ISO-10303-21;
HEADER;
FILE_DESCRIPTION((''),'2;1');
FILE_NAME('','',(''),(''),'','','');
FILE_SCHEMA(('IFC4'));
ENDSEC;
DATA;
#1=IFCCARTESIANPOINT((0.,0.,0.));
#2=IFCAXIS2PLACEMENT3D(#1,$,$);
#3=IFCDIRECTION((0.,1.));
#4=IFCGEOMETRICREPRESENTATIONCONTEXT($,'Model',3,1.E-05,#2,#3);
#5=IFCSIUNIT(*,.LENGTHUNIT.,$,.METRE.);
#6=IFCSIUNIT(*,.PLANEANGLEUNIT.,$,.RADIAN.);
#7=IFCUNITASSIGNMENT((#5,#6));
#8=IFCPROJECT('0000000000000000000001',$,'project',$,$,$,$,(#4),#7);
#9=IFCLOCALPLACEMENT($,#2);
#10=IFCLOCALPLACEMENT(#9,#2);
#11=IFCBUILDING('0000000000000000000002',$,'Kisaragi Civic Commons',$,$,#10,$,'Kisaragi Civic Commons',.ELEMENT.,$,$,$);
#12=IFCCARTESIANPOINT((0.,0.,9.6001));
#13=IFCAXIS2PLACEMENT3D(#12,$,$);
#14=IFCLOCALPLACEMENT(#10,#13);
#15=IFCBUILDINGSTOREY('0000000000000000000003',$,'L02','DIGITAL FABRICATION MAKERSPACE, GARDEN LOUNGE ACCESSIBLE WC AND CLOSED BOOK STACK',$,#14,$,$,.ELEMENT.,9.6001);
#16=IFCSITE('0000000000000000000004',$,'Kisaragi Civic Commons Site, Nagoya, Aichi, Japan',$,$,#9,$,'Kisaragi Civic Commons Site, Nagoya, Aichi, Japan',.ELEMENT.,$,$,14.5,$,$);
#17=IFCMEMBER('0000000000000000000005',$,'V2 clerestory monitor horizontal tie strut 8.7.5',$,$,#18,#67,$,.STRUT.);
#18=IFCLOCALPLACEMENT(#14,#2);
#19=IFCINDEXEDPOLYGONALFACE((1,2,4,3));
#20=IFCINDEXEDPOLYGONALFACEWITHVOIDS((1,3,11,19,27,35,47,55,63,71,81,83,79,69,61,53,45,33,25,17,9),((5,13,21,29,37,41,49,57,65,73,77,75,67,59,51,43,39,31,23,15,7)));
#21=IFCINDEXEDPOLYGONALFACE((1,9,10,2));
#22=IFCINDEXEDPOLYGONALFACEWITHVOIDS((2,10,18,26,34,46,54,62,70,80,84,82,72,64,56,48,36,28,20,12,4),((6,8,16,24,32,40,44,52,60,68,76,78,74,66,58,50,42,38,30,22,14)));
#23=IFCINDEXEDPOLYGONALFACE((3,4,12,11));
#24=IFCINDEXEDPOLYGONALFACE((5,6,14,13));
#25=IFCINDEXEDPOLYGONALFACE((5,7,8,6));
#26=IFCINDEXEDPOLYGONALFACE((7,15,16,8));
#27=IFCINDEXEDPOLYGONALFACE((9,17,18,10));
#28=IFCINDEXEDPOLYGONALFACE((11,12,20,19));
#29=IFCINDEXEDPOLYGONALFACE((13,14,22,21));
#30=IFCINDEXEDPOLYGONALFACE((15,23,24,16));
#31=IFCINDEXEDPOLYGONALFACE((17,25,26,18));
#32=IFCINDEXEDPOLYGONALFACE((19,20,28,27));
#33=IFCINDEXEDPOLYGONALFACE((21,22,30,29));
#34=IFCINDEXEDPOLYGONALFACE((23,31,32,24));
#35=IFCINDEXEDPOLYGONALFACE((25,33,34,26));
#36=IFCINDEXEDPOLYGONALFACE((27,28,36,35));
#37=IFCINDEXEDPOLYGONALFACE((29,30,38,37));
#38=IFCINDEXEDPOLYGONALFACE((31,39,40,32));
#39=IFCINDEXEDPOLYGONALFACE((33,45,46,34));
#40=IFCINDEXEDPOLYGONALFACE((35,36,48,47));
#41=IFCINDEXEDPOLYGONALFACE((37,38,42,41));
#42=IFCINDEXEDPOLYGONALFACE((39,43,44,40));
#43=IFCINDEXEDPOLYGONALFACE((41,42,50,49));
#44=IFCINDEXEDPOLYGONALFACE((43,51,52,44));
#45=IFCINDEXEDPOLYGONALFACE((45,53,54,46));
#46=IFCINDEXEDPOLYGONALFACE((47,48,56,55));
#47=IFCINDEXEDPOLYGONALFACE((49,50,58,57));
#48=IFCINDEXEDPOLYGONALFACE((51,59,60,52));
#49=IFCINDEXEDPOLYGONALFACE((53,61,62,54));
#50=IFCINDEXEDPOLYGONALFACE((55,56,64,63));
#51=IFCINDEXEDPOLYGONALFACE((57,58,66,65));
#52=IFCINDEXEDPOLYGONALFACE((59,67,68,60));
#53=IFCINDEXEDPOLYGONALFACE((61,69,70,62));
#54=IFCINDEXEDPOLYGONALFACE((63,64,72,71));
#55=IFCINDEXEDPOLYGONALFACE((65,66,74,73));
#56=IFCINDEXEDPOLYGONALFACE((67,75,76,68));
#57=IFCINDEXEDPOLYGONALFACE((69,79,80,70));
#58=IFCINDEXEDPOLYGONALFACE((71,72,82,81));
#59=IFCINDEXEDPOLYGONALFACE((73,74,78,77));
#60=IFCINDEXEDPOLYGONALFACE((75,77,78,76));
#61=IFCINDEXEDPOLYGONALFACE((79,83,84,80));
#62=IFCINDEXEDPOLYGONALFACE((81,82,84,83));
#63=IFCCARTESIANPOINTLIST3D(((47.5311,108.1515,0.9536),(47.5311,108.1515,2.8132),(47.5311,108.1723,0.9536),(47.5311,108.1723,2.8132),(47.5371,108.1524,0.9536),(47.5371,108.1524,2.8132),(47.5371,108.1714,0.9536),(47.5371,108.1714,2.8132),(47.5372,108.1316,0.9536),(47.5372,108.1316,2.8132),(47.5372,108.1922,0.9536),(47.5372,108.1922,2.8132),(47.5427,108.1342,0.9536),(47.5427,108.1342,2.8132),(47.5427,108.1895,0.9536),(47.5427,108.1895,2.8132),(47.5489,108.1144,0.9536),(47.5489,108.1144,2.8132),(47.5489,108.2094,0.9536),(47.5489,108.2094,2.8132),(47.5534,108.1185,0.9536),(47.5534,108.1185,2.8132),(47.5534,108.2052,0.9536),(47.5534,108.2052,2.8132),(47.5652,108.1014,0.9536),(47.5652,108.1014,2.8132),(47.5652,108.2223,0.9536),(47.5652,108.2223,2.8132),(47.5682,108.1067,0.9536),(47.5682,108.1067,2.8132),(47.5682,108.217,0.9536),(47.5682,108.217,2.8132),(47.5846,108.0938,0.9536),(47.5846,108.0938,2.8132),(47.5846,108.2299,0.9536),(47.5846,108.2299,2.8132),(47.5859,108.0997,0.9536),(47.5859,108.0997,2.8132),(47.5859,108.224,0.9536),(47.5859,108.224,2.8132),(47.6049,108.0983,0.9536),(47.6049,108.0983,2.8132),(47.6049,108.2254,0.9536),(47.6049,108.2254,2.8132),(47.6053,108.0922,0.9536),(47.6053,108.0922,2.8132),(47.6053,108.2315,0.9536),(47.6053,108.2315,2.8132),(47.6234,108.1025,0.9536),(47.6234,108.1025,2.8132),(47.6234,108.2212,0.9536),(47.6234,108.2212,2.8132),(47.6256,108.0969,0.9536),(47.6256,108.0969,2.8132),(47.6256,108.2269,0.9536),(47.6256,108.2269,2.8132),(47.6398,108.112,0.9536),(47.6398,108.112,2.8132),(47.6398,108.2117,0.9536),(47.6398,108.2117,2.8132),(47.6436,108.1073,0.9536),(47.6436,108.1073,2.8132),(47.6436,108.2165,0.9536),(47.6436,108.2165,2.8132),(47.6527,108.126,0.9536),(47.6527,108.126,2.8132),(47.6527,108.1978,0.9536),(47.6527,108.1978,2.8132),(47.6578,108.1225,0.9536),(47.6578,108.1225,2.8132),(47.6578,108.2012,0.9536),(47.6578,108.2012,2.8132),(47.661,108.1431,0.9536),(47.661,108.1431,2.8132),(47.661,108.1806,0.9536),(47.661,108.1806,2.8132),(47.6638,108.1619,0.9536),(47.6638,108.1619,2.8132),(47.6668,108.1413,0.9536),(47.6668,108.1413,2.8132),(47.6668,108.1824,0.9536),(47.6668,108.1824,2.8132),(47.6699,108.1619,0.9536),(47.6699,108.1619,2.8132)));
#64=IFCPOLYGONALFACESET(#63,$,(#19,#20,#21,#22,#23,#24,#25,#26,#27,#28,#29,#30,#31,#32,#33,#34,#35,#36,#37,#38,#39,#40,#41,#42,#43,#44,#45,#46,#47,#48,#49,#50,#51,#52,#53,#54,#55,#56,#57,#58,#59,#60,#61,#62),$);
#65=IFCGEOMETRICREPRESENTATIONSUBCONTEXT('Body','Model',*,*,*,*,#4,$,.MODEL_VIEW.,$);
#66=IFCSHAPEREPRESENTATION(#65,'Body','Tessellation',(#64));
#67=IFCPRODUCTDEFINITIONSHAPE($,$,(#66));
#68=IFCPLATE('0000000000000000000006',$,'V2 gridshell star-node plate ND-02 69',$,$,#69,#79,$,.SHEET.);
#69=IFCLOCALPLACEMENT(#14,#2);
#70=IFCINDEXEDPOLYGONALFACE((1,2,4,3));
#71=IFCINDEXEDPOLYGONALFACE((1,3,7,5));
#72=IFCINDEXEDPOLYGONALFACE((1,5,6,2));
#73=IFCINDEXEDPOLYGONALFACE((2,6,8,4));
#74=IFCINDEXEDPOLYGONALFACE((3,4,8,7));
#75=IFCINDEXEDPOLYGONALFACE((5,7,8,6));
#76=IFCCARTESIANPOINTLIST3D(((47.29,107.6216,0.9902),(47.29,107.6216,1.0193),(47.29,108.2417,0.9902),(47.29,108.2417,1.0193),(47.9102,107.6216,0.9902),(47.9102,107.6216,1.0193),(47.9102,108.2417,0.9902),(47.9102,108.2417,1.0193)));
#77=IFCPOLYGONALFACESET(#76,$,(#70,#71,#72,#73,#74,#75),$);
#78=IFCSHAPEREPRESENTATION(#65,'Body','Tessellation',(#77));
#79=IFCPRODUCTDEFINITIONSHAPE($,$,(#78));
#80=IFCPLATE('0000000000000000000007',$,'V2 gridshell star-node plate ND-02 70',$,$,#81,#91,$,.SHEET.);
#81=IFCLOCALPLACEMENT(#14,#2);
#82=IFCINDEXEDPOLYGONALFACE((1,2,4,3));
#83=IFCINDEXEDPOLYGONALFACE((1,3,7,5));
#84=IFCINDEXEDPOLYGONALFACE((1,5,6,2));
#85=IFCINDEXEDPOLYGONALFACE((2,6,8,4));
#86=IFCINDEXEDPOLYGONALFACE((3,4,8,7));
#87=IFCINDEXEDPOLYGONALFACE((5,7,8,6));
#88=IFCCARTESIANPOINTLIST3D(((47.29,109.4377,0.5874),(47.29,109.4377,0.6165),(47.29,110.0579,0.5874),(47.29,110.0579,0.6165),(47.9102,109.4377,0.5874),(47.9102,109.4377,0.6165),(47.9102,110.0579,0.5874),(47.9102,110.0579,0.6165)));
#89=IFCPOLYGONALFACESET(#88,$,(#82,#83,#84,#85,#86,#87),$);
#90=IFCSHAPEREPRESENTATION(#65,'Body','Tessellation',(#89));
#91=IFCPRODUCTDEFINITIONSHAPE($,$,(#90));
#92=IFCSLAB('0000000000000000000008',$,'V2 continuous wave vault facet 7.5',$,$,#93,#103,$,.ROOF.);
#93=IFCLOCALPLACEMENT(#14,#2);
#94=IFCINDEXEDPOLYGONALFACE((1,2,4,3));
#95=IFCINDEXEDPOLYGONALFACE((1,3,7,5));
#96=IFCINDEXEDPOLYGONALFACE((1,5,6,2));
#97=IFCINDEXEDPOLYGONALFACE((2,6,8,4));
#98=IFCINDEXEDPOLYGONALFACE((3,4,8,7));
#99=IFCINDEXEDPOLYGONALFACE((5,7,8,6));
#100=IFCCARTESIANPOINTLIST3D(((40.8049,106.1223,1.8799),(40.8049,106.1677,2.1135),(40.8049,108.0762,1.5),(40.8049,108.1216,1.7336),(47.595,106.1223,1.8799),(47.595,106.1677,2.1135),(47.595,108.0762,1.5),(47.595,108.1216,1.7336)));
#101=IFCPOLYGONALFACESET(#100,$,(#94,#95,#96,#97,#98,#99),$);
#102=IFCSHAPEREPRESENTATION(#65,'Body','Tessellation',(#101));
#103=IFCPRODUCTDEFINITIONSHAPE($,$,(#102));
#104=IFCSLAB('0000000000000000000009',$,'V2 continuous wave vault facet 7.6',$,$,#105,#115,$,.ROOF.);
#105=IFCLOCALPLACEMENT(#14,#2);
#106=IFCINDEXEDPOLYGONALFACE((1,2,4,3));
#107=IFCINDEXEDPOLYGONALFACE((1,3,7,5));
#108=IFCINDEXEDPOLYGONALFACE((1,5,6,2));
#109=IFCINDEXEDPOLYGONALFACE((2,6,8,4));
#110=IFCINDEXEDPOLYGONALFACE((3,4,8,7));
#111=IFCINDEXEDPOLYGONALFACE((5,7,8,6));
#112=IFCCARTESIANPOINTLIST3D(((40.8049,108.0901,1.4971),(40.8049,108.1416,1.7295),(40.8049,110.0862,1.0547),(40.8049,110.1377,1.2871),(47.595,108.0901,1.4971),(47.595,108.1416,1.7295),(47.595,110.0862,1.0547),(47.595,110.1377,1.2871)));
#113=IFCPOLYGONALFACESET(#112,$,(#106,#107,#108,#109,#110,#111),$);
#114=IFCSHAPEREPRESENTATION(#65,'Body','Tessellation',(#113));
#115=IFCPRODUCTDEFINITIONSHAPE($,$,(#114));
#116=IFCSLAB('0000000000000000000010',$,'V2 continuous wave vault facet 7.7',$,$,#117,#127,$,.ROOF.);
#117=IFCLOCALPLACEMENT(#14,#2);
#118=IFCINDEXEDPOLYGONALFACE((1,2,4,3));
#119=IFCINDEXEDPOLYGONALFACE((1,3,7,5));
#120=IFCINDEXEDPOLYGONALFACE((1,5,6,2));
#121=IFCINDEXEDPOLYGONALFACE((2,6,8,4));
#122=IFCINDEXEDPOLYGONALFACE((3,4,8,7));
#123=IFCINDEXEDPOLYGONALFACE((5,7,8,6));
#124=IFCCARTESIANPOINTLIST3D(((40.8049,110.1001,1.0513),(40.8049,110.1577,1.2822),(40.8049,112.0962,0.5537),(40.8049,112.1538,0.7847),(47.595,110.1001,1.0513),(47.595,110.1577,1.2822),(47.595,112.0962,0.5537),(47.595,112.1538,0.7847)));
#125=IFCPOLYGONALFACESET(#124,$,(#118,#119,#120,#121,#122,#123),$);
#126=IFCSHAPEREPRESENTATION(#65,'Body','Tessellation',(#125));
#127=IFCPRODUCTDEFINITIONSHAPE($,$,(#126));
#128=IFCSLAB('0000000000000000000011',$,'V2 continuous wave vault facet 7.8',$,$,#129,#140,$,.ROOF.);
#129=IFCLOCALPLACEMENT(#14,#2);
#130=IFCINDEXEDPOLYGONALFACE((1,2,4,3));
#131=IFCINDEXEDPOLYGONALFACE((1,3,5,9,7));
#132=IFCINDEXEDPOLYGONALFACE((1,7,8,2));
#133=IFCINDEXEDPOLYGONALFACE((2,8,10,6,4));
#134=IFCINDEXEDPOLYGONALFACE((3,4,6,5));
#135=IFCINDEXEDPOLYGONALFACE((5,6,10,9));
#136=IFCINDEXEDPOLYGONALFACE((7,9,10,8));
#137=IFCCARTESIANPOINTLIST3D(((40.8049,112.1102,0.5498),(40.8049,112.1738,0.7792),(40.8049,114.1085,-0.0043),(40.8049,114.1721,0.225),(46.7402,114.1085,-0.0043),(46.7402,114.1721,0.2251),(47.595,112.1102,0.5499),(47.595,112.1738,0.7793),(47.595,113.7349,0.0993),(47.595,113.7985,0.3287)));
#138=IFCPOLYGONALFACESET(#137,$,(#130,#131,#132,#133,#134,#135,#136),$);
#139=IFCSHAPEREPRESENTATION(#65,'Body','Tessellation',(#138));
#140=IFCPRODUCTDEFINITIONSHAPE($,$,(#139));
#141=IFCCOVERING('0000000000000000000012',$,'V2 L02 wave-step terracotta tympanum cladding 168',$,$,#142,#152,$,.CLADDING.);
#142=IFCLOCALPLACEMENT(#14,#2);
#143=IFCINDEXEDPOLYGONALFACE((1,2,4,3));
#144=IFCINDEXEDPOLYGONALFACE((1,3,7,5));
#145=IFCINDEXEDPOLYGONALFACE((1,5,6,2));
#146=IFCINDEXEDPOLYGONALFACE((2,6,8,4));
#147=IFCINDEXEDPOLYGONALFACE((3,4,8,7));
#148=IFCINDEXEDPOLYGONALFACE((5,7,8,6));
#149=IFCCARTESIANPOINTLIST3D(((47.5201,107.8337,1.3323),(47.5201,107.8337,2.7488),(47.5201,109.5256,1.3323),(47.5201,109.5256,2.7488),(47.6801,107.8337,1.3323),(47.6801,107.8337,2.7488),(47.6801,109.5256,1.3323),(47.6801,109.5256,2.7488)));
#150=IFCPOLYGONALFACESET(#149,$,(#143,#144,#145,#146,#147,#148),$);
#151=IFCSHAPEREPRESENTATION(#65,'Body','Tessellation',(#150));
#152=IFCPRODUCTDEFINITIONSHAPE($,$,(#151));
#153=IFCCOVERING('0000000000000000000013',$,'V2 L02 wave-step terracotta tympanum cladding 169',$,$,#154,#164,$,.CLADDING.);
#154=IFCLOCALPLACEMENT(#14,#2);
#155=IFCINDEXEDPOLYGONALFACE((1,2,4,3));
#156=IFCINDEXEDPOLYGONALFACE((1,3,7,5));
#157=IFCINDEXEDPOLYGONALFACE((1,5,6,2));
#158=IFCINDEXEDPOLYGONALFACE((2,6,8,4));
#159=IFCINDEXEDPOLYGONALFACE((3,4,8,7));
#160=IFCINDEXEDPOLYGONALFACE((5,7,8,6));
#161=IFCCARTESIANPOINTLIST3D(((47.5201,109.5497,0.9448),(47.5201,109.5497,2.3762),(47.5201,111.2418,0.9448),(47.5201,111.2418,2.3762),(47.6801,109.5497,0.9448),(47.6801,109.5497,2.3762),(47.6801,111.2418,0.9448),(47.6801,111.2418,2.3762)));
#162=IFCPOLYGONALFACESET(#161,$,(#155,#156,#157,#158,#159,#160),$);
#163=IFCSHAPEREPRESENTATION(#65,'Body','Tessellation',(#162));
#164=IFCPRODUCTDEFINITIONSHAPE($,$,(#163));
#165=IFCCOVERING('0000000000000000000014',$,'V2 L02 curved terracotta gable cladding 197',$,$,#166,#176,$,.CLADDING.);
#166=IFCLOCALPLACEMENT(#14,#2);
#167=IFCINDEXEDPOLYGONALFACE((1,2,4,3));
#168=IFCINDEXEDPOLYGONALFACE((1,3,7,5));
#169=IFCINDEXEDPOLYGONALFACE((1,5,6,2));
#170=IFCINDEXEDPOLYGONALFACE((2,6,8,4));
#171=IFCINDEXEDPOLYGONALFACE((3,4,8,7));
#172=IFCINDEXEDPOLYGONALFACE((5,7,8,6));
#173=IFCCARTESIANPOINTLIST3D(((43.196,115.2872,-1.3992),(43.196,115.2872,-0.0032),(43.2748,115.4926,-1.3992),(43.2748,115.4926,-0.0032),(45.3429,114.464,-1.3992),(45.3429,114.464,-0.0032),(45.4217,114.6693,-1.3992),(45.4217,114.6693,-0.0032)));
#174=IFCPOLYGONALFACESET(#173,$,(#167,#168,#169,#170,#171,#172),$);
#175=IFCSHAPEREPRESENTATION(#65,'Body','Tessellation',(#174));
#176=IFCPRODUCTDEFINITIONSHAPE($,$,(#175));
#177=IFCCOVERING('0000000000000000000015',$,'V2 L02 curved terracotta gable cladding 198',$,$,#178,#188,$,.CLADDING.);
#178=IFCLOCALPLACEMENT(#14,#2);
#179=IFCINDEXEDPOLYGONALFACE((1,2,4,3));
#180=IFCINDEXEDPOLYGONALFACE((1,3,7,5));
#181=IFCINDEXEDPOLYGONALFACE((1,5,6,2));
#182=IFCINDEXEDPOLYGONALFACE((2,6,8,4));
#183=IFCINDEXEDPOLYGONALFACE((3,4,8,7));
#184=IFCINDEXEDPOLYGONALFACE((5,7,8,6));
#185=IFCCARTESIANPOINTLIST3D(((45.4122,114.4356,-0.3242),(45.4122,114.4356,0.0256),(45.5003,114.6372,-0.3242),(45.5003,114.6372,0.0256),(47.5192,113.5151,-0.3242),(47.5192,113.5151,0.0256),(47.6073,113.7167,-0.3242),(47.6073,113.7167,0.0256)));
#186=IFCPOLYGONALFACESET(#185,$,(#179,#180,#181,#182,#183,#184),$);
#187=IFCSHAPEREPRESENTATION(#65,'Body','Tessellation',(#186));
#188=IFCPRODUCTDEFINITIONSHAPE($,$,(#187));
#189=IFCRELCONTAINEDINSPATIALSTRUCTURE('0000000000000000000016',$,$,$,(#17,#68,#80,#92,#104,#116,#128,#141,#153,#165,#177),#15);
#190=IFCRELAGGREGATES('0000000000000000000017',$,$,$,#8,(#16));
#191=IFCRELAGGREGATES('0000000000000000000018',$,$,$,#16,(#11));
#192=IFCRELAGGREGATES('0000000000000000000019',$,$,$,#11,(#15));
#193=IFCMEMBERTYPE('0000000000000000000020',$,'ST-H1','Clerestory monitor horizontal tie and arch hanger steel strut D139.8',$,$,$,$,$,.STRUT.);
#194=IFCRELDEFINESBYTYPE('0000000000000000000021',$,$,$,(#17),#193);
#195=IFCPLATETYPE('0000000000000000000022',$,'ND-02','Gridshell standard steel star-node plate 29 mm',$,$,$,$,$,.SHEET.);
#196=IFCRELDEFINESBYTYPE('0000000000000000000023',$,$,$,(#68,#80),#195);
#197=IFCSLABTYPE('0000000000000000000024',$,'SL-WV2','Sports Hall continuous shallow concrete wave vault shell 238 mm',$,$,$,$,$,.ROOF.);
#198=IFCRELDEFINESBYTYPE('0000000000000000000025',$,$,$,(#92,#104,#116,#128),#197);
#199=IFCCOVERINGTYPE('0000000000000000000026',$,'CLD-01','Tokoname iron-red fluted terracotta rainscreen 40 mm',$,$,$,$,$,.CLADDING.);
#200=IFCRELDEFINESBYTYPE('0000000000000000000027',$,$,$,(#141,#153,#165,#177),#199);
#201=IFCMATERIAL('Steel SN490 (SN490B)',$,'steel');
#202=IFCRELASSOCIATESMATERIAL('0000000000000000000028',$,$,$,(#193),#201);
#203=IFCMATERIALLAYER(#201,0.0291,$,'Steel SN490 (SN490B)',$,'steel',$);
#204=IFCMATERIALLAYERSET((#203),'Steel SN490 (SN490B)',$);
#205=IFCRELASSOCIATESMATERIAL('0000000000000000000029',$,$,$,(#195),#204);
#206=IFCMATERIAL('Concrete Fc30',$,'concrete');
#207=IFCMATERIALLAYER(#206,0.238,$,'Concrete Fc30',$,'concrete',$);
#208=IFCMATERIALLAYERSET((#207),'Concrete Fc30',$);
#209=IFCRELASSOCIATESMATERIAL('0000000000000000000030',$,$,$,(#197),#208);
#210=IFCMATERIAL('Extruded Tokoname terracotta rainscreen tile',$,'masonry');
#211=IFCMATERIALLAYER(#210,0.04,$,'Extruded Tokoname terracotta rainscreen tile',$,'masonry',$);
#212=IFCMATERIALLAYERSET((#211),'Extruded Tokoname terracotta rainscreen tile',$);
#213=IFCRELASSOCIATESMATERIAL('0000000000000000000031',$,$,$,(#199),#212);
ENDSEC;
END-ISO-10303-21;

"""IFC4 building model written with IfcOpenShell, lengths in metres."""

from ifc_helpers import new_model, si_unit, direction, frame, origin, origin_2d, place, context, subcontext, project, spatial, polyline, rectangle, hollow_circle, outline, extrude, material, layer, layer_set, material_profile, profile_set, type_object, element, save


model = new_model("IFC4")

# Units and contexts
model_context = context("Model", 3, precision=1e-05, world=origin(), true_north=direction((0.0, 1.0)))
body_context = subcontext(model_context, "Body", "Model", "MODEL_VIEW")
ifc_project = project(units=[si_unit("LENGTHUNIT", "METRE"), si_unit("PLANEANGLEUNIT", "RADIAN")], contexts=[model_context])

# Site, building, storey
site_placement = place(None, origin())
site = spatial("IfcSite", under=ifc_project, at=site_placement, Name="Kisaragi Civic Commons Site, Nagoya, Aichi, Japan", LongName="Kisaragi Civic Commons Site, Nagoya, Aichi, Japan", CompositionType="ELEMENT", RefElevation=14.5)
building_placement = place(site_placement, origin())
building = spatial("IfcBuilding", under=site, at=building_placement, Name="Kisaragi Civic Commons", LongName="Kisaragi Civic Commons", CompositionType="ELEMENT")
storey_placement = place(building_placement, frame((0.0, 0.0, 9.6001)))
storey = spatial("IfcBuildingStorey", under=building, at=storey_placement, Name="L02", Description="DIGITAL FABRICATION MAKERSPACE, GARDEN LOUNGE ACCESSIBLE WC AND CLOSED BOOK STACK", CompositionType="ELEMENT", Elevation=9.6001)

# Member
ifc_material_1 = material(Name="Steel SN490 (SN490B)", Category="steel")
ifc_material_profile_1 = material_profile(ifc_material_1, hollow_circle(Radius=0.0698, WallThickness=0.0061, at=origin_2d()), Name="CHS-139.8x6.0", Category="steel")
ifc_profile_set_1 = profile_set([ifc_material_profile_1], Name="Steel SN490 (SN490B)")
member_type_1 = type_object("IfcMemberType", Name="ST-H1", Description="Clerestory monitor horizontal tie and arch hanger steel strut D139.8", PredefinedType="STRUT", material=ifc_profile_set_1)
member_1_placement = place(storey_placement, frame((47.6001, 108.1619, 0.9536), z_axis=(0.0, 0.0, 1.0), x_axis=(1.0, 0.0, 0.0)))
element("IfcMember", 1, at=member_1_placement, inside=storey, type_object=member_type_1, Name="V2 clerestory monitor horizontal tie strut 8.7.5", PredefinedType="STRUT", context=body_context, shape_type="SweptSolid", body=[
    extrude(hollow_circle(Radius=0.0698, WallThickness=0.0061, at=origin_2d()), origin(), (0.0, 0.0, 1.0), 1.8596),
])

# Plates
ifc_layer_1 = layer(ifc_material_1, 0.0291, Name="Steel SN490 (SN490B)", Category="steel")
ifc_layer_set_1 = layer_set([ifc_layer_1], Name="Steel SN490 (SN490B)")
plate_type = type_object("IfcPlateType", Name="ND-02", Description="Gridshell standard steel star-node plate 29 mm", PredefinedType="SHEET", material=ifc_layer_set_1)
for number, where, z_axis, x_axis, name in (
    (2, (47.6001, 107.9316, 0.9902), (0.0, 0.0, 1.0), (1.0, 0.0, 0.0), "V2 gridshell star-node plate ND-02 69"),
    (3, (47.6001, 109.7478, 0.5874), (0.0, 0.0, 1.0), (1.0, 0.0, 0.0), "V2 gridshell star-node plate ND-02 70"),
):
    element("IfcPlate", number, at=place(storey_placement, frame(where, z_axis=z_axis, x_axis=x_axis)), inside=storey, type_object=plate_type, Name=name, PredefinedType="SHEET", context=body_context, shape_type="SweptSolid", body=[
        extrude(rectangle(XDim=0.6201, YDim=0.6201, at=origin_2d()), origin(), (0.0, 0.0, 1.0), 0.0291),
    ])

# Slabs
ifc_material_2 = material(Name="Concrete Fc30", Category="concrete")
ifc_layer_2 = layer(ifc_material_2, 0.238, Name="Concrete Fc30", Category="concrete")
ifc_layer_set_2 = layer_set([ifc_layer_2], Name="Concrete Fc30")
slab_type = type_object("IfcSlabType", Name="SL-WV2", Description="Sports Hall continuous shallow concrete wave vault shell 238 mm", PredefinedType="ROOF", material=ifc_layer_set_2)
slab_1_placement = place(storey_placement, frame((47.595, 108.1216, 1.7336), z_axis=(0.0, 0.190853, 0.981619), x_axis=(-1.0, 0.0, 0.0)))
element("IfcSlab", 4, at=slab_1_placement, inside=storey, type_object=slab_type, Name="V2 continuous wave vault facet 7.5", PredefinedType="ROOF", context=body_context, shape_type="SweptSolid", body=[
    extrude(outline(polyline([(0.0, 0.0), (6.79, 0.0), (6.79, 1.9904), (0.0, 1.9904), (0.0, 0.0)])), origin(), (0.0, 0.0, -1.0), 0.238),
])
slab_2_placement = place(storey_placement, frame((47.595, 110.1377, 1.2871), z_axis=(0.0, 0.216374, 0.976311), x_axis=(-1.0, 0.0, 0.0)))
element("IfcSlab", 5, at=slab_2_placement, inside=storey, type_object=slab_type, Name="V2 continuous wave vault facet 7.6", PredefinedType="ROOF", context=body_context, shape_type="SweptSolid", body=[
    extrude(outline(polyline([(0.0, 0.0), (6.79, 0.0), (6.79, 2.0445), (0.0, 2.0445), (0.0, 0.0)])), origin(), (0.0, 0.0, -1.0), 0.238),
])
slab_3_placement = place(storey_placement, frame((47.595, 112.1538, 0.7847), z_axis=(0.0, 0.241865, 0.97031), x_axis=(-1.0, 0.0, 0.0)))
element("IfcSlab", 6, at=slab_3_placement, inside=storey, type_object=slab_type, Name="V2 continuous wave vault facet 7.7", PredefinedType="ROOF", context=body_context, shape_type="SweptSolid", body=[
    extrude(outline(polyline([(0.0, 0.0), (6.79, 0.0), (6.79, 2.0572), (0.0, 2.0572), (0.0, 0.0)])), origin(), (0.0, 0.0, -1.0), 0.238),
])
slab_4_placement = place(storey_placement, frame((46.7402, 114.1721, 0.2251), z_axis=(-0.000012, 0.267244, 0.963629), x_axis=(-1.0, -0.000003, -0.000011)))
element("IfcSlab", 7, at=slab_4_placement, inside=storey, type_object=slab_type, Name="V2 continuous wave vault facet 7.8", PredefinedType="ROOF", context=body_context, shape_type="SweptSolid", body=[
    extrude(outline(polyline([(0.0, 0.0), (5.9353, 0.0), (5.9353, 2.0737), (-0.8547, 2.0737), (-0.8547, 0.3877), (0.0, 0.0)])), origin(), (0.0, 0.0, -1.0), 0.238),
])

# Coverings
ifc_material_3 = material(Name="Extruded Tokoname terracotta rainscreen tile", Category="masonry")
ifc_layer_3 = layer(ifc_material_3, 0.04, Name="Extruded Tokoname terracotta rainscreen tile", Category="masonry")
ifc_layer_set_3 = layer_set([ifc_layer_3], Name="Extruded Tokoname terracotta rainscreen tile")
covering_type = type_object("IfcCoveringType", Name="CLD-01", Description="Tokoname iron-red fluted terracotta rainscreen 40 mm", PredefinedType="CLADDING", material=ifc_layer_set_3)
covering_1_placement = place(storey_placement, frame((47.6001, 108.6797, 1.3323), z_axis=(0.0, 0.0, 1.0), x_axis=(0.0, 1.0, 0.0)))
element("IfcCovering", 8, at=covering_1_placement, inside=storey, type_object=covering_type, Name="V2 L02 wave-step terracotta tympanum cladding 168", PredefinedType="CLADDING", context=body_context, shape_type="SweptSolid", body=[
    extrude(rectangle(XDim=1.6919, YDim=0.1599, at=origin_2d()), origin(), (0.0, 0.0, 1.0), 1.4165),
])
covering_2_placement = place(storey_placement, frame((47.6001, 110.3958, 0.9448), z_axis=(0.0, 0.0, 1.0), x_axis=(0.0, 1.0, 0.0)))
element("IfcCovering", 9, at=covering_2_placement, inside=storey, type_object=covering_type, Name="V2 L02 wave-step terracotta tympanum cladding 169", PredefinedType="CLADDING", context=body_context, shape_type="SweptSolid", body=[
    extrude(rectangle(XDim=1.6921, YDim=0.1599, at=origin_2d()), origin(), (0.0, 0.0, 1.0), 1.4314),
])
covering_3_placement = place(storey_placement, frame((44.3088, 114.9783, -1.3992), z_axis=(0.0, 0.0, 1.0), x_axis=(0.933705, -0.358042, 0.0)))
element("IfcCovering", 10, at=covering_3_placement, inside=storey, type_object=covering_type, Name="V2 L02 curved terracotta gable cladding 197", PredefinedType="CLADDING", context=body_context, shape_type="SweptSolid", body=[
    extrude(rectangle(XDim=2.2993, YDim=0.22, at=origin_2d()), origin(), (0.0, 0.0, 1.0), 1.396),
])
covering_4_placement = place(storey_placement, frame((46.5098, 114.0762, -0.3242), z_axis=(0.0, 0.0, 1.0), x_axis=(0.916363, -0.400349, 0.0)))
element("IfcCovering", 11, at=covering_4_placement, inside=storey, type_object=covering_type, Name="V2 L02 curved terracotta gable cladding 198", PredefinedType="CLADDING", context=body_context, shape_type="SweptSolid", body=[
    extrude(rectangle(XDim=2.2993, YDim=0.22, at=origin_2d()), origin(), (0.0, 0.0, 1.0), 0.3499),
])

save(model, "model.ifc")
